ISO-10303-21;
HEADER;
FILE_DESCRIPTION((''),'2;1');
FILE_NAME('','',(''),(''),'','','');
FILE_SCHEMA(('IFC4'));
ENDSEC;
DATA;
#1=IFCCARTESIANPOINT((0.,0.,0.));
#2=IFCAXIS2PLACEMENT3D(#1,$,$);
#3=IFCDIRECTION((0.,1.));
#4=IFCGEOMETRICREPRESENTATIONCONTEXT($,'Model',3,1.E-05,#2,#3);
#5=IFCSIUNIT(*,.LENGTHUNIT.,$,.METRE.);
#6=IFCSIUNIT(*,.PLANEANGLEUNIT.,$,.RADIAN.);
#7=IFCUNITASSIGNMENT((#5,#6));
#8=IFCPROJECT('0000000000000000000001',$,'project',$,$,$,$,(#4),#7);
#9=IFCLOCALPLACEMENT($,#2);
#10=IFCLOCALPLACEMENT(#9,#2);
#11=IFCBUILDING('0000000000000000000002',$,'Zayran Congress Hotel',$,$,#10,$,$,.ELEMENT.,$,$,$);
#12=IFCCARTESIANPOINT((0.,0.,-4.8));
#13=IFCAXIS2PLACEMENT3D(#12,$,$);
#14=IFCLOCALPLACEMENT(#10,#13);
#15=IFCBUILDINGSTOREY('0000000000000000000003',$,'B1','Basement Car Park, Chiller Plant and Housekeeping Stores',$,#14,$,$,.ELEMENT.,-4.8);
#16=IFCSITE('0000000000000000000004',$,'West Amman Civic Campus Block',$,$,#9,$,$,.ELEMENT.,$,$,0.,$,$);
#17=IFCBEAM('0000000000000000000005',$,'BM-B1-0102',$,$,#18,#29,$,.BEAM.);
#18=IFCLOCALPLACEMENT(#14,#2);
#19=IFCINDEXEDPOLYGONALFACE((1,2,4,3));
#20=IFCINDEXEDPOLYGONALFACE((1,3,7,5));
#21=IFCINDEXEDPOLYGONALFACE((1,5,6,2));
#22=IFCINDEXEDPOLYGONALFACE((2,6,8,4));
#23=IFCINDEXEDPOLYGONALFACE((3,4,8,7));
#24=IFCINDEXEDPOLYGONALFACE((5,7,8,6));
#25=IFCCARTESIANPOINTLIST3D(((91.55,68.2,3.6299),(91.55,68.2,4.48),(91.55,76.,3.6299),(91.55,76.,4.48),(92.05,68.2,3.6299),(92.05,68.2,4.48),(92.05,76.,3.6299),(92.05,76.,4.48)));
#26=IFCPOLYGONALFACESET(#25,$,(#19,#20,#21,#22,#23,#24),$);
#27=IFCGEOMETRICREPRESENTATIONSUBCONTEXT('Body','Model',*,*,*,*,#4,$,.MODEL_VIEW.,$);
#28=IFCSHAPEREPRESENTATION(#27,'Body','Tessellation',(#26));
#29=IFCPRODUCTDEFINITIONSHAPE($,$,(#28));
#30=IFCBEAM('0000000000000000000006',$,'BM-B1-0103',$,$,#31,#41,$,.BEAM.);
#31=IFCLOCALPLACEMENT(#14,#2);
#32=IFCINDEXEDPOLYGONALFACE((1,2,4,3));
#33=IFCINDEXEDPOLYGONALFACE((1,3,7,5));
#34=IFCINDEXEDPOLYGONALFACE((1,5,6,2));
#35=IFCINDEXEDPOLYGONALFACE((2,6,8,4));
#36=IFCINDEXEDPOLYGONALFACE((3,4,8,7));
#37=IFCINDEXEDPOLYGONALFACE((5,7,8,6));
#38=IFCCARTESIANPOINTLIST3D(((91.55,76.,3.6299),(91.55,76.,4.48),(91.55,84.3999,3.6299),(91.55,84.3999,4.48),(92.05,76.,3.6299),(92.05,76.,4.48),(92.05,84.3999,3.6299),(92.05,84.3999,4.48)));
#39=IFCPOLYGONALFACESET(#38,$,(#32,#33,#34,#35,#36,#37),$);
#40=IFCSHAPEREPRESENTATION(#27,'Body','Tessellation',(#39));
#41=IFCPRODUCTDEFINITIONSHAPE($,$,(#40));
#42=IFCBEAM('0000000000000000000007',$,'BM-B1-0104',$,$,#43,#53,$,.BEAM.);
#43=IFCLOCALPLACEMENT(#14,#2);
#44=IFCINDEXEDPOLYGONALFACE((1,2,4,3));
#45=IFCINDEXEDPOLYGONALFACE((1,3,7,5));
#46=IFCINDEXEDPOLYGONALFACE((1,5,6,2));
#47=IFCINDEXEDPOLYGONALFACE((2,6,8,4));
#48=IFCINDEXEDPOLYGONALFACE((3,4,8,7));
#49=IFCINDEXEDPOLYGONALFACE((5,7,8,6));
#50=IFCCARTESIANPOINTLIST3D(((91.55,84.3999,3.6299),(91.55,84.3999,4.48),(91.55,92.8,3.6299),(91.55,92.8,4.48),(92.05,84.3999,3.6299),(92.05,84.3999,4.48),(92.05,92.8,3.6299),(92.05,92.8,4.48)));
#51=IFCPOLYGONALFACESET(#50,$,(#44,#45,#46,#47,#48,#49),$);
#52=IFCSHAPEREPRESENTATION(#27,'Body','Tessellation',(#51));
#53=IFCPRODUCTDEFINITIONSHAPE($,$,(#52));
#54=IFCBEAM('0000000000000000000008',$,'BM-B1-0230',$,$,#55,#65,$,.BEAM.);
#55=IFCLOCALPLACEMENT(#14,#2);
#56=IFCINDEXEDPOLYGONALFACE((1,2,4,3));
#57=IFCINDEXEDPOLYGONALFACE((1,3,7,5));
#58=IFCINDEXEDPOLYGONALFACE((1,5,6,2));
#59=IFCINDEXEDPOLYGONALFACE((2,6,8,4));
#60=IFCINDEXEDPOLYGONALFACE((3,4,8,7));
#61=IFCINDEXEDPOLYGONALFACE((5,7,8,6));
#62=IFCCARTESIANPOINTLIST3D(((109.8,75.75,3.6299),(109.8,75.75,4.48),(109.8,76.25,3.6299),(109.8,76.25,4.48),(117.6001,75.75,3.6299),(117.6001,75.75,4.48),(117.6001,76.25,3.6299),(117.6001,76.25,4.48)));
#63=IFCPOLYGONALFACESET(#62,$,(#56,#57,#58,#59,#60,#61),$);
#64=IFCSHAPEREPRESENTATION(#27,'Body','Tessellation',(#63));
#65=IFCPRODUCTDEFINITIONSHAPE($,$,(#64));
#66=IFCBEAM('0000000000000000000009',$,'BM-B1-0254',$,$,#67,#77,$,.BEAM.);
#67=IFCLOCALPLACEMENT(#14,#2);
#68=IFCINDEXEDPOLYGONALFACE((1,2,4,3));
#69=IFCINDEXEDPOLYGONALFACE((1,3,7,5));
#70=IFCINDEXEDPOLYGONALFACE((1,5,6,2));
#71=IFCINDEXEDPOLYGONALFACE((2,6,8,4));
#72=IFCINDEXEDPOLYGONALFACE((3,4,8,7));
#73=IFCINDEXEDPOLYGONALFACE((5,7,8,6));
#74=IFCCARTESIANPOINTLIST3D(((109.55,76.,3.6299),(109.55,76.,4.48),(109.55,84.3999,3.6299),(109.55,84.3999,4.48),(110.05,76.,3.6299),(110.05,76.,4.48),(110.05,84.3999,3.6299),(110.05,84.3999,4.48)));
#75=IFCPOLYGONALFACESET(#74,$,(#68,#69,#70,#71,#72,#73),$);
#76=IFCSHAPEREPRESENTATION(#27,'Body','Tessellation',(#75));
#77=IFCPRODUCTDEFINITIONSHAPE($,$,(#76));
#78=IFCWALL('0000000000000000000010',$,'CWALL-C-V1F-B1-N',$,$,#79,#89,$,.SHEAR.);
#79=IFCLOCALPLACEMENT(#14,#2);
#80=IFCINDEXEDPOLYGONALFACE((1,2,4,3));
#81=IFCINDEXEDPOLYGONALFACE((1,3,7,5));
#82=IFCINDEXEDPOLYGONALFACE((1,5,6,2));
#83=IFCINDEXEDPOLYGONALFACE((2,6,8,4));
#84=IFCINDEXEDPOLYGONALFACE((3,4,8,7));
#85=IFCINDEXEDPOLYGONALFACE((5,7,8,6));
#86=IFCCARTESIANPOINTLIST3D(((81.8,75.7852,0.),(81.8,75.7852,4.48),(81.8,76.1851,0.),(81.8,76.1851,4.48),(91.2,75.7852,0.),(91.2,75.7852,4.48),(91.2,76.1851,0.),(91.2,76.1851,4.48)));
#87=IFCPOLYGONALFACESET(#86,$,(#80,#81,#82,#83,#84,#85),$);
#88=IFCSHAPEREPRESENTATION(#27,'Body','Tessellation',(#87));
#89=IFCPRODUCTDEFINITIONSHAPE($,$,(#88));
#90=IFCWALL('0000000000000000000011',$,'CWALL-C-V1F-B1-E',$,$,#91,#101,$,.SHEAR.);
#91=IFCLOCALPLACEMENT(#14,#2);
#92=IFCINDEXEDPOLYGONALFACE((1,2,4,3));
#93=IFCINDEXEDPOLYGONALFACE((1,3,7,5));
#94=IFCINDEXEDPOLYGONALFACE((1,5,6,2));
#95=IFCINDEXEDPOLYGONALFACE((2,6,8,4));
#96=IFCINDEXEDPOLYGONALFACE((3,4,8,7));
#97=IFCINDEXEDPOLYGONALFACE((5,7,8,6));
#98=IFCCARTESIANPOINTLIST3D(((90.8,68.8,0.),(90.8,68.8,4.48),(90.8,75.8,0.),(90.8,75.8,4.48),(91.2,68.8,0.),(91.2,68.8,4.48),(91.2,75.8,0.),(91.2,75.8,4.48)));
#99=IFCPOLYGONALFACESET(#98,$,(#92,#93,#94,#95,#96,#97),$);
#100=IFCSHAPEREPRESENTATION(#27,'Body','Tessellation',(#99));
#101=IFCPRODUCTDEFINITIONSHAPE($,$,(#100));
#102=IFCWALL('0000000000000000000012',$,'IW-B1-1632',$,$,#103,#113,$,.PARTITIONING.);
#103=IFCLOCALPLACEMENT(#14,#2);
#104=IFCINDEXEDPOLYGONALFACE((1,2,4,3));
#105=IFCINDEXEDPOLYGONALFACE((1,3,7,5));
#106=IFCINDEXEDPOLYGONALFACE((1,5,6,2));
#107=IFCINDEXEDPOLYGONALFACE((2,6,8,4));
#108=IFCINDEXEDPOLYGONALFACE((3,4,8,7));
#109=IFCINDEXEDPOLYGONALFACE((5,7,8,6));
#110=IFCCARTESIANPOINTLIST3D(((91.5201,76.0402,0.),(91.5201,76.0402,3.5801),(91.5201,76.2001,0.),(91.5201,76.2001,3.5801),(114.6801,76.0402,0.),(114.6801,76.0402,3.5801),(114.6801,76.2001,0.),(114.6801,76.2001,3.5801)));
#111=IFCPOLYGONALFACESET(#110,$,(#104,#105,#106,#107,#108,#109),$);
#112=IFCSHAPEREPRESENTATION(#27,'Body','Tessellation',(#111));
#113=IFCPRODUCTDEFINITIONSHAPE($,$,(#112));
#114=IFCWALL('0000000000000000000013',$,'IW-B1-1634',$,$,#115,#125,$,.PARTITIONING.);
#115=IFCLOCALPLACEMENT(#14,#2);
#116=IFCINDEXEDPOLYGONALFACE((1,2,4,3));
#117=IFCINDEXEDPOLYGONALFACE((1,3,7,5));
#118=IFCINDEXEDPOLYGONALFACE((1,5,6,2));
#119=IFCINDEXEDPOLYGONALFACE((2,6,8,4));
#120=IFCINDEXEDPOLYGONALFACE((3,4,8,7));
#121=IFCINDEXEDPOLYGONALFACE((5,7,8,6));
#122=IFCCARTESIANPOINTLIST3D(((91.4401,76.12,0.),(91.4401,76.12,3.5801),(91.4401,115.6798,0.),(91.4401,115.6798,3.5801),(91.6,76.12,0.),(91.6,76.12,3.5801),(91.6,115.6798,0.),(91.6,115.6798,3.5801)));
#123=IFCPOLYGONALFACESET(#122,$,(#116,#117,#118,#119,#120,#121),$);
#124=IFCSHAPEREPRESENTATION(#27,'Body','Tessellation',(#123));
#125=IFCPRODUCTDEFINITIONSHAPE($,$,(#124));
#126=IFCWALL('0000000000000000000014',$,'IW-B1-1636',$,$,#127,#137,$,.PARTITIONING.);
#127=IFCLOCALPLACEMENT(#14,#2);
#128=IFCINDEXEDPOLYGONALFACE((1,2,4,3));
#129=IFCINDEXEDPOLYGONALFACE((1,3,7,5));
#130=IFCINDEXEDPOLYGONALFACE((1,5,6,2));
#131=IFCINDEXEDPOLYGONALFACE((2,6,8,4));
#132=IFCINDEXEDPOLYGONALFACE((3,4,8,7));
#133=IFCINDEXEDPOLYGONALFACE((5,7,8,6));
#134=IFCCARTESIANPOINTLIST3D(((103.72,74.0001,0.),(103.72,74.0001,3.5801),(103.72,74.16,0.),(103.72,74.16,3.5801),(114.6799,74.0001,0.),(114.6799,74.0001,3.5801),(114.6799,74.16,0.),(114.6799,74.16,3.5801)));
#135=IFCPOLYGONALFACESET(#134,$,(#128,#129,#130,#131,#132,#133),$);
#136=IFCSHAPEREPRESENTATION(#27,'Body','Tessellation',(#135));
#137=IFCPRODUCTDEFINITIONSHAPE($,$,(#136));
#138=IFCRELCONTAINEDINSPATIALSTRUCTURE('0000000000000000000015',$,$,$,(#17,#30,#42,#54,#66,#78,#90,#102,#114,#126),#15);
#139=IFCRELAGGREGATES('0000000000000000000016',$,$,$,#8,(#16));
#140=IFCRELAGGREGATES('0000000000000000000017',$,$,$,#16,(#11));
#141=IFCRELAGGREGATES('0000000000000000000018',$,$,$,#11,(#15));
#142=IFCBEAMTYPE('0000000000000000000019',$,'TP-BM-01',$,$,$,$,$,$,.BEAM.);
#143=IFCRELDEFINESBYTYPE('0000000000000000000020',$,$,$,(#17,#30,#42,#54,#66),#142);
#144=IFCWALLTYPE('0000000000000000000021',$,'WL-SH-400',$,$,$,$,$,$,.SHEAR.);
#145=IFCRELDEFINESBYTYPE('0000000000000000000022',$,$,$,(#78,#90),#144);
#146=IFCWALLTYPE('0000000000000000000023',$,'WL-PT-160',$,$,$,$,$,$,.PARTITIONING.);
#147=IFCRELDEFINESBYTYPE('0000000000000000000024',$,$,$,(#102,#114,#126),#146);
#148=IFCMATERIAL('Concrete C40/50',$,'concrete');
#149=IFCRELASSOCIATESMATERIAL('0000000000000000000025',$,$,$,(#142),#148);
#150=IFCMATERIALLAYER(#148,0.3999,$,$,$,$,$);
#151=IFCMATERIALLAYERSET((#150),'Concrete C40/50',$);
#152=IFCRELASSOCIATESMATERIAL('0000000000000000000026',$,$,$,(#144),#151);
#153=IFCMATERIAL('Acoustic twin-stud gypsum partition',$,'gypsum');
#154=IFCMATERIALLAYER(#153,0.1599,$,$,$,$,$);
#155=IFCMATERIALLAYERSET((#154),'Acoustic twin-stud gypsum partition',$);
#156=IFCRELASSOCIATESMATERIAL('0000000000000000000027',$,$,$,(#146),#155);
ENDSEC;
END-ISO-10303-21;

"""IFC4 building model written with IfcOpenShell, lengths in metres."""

from ifc_helpers import new_model, si_unit, direction, frame, frame_2d, origin, origin_2d, place, context, subcontext, project, spatial, rectangle, extrude, material, layer, layer_set, material_profile, profile_set, type_object, element, save


model = new_model("IFC4")

# Units and contexts
model_context = context("Model", 3, precision=1e-05, world=origin(), true_north=direction((0.0, 1.0)))
body_context = subcontext(model_context, "Body", "Model", "MODEL_VIEW")
ifc_project = project(units=[si_unit("LENGTHUNIT", "METRE"), si_unit("PLANEANGLEUNIT", "RADIAN")], contexts=[model_context])

# Site, building, storey
site_placement = place(None, origin())
site = spatial("IfcSite", under=ifc_project, at=site_placement, Name="West Amman Civic Campus Block", CompositionType="ELEMENT", RefElevation=0.0)
building_placement = place(site_placement, origin())
building = spatial("IfcBuilding", under=site, at=building_placement, Name="Zayran Congress Hotel", CompositionType="ELEMENT")
storey_placement = place(building_placement, frame((0.0, 0.0, -4.8)))
storey = spatial("IfcBuildingStorey", under=building, at=storey_placement, Name="B1", Description="Basement Car Park, Chiller Plant and Housekeeping Stores", CompositionType="ELEMENT", Elevation=-4.8)

# Shared definitions
ifc_material_1 = material(Name="Concrete C40/50", Category="concrete")

# Beams
ifc_material_profile_1 = material_profile(ifc_material_1, rectangle(XDim=0.5, YDim=0.8501, at=origin_2d()), Name="RC 500x850")
ifc_profile_set_1 = profile_set([ifc_material_profile_1], Name="Concrete C40/50")
beam_type = type_object("IfcBeamType", Name="TP-BM-01", PredefinedType="BEAM", material=ifc_profile_set_1)
beam_1_placement = place(storey_placement, frame((91.8, 68.2, 4.0549), z_axis=(0.0, 1.0, 0.0), x_axis=(-1.0, 0.0, 0.0)))
element("IfcBeam", 1, at=beam_1_placement, inside=storey, type_object=beam_type, Name="BM-B1-0102", PredefinedType="BEAM", context=body_context, shape_type="SweptSolid", body=[
    extrude(rectangle(XDim=0.5, YDim=0.8501, at=origin_2d()), origin(), (0.0, 0.0, 1.0), 7.8),
])
beam_2_placement = place(storey_placement, frame((91.8, 76.0, 4.0549), z_axis=(0.0, 1.0, 0.0), x_axis=(-1.0, 0.0, 0.0)))
element("IfcBeam", 2, at=beam_2_placement, inside=storey, type_object=beam_type, Name="BM-B1-0103", PredefinedType="BEAM", context=body_context, shape_type="SweptSolid", body=[
    extrude(rectangle(XDim=0.5, YDim=0.8501, at=origin_2d()), origin(), (0.0, 0.0, 1.0), 8.3999),
])
beam_3_placement = place(storey_placement, frame((91.8, 84.3999, 4.0549), z_axis=(0.0, 1.0, 0.0), x_axis=(-1.0, 0.0, 0.0)))
element("IfcBeam", 3, at=beam_3_placement, inside=storey, type_object=beam_type, Name="BM-B1-0104", PredefinedType="BEAM", context=body_context, shape_type="SweptSolid", body=[
    extrude(rectangle(XDim=0.5, YDim=0.8501, at=origin_2d()), origin(), (0.0, 0.0, 1.0), 8.4001),
])
beam_4_placement = place(storey_placement, frame((109.8, 76.0, 4.0549), z_axis=(1.0, 0.0, 0.0), x_axis=(0.0, 1.0, 0.0)))
element("IfcBeam", 4, at=beam_4_placement, inside=storey, type_object=beam_type, Name="BM-B1-0230", PredefinedType="BEAM", context=body_context, shape_type="SweptSolid", body=[
    extrude(rectangle(XDim=0.5, YDim=0.8501, at=origin_2d()), origin(), (0.0, 0.0, 1.0), 7.8),
])
beam_5_placement = place(storey_placement, frame((109.8, 76.0, 4.0549), z_axis=(0.0, 1.0, 0.0), x_axis=(-1.0, 0.0, 0.0)))
element("IfcBeam", 5, at=beam_5_placement, inside=storey, type_object=beam_type, Name="BM-B1-0254", PredefinedType="BEAM", context=body_context, shape_type="SweptSolid", body=[
    extrude(rectangle(XDim=0.5, YDim=0.8501, at=origin_2d()), origin(), (0.0, 0.0, 1.0), 8.3999),
])

# Walls
ifc_layer_1 = layer(ifc_material_1, 0.3999)
ifc_layer_set_1 = layer_set([ifc_layer_1], Name="Concrete C40/50")
wall_type_1 = type_object("IfcWallType", Name="WL-SH-400", PredefinedType="SHEAR", material=ifc_layer_set_1)
wall_1_placement = place(storey_placement, frame((91.2, 75.9851, 0.0), z_axis=(0.0, 0.0, 1.0), x_axis=(-1.0, 0.0, 0.0)))
element("IfcWall", 6, at=wall_1_placement, inside=storey, type_object=wall_type_1, Name="CWALL-C-V1F-B1-N", PredefinedType="SHEAR", context=body_context, shape_type="SweptSolid", body=[
    extrude(rectangle(XDim=9.3999, YDim=0.3999, at=frame_2d((4.7, 0.0))), origin(), (0.0, 0.0, 1.0), 4.48),
])
wall_2_placement = place(storey_placement, frame((91.0, 68.8, 0.0), z_axis=(0.0, 0.0, 1.0), x_axis=(0.0, 1.0, 0.0)))
element("IfcWall", 7, at=wall_2_placement, inside=storey, type_object=wall_type_1, Name="CWALL-C-V1F-B1-E", PredefinedType="SHEAR", context=body_context, shape_type="SweptSolid", body=[
    extrude(rectangle(XDim=7.0, YDim=0.3999, at=frame_2d((3.5, 0.0))), origin(), (0.0, 0.0, 1.0), 4.48),
])
ifc_material_2 = material(Name="Acoustic twin-stud gypsum partition", Category="gypsum")
ifc_layer_2 = layer(ifc_material_2, 0.1599)
ifc_layer_set_2 = layer_set([ifc_layer_2], Name="Acoustic twin-stud gypsum partition")
wall_type_2 = type_object("IfcWallType", Name="WL-PT-160", PredefinedType="PARTITIONING", material=ifc_layer_set_2)
wall_3_placement = place(storey_placement, frame((91.52, 76.1201, 0.0), z_axis=(0.0, 0.0, 1.0), x_axis=(1.0, 0.0, 0.0)))
element("IfcWall", 8, at=wall_3_placement, inside=storey, type_object=wall_type_2, Name="IW-B1-1632", PredefinedType="PARTITIONING", context=body_context, shape_type="SweptSolid", body=[
    extrude(rectangle(XDim=23.1599, YDim=0.1599, at=frame_2d((11.5801, 0.0))), origin(), (0.0, 0.0, 1.0), 3.5801),
])
wall_4_placement = place(storey_placement, frame((91.52, 76.1201, 0.0), z_axis=(0.0, 0.0, 1.0), x_axis=(0.0, 1.0, 0.0)))
element("IfcWall", 9, at=wall_4_placement, inside=storey, type_object=wall_type_2, Name="IW-B1-1634", PredefinedType="PARTITIONING", context=body_context, shape_type="SweptSolid", body=[
    extrude(rectangle(XDim=39.5598, YDim=0.1599, at=frame_2d((19.7798, 0.0))), origin(), (0.0, 0.0, 1.0), 3.5801),
])
wall_5_placement = place(storey_placement, frame((103.72, 74.0801, 0.0), z_axis=(0.0, 0.0, 1.0), x_axis=(1.0, 0.0, 0.0)))
element("IfcWall", 10, at=wall_5_placement, inside=storey, type_object=wall_type_2, Name="IW-B1-1636", PredefinedType="PARTITIONING", context=body_context, shape_type="SweptSolid", body=[
    extrude(rectangle(XDim=10.96, YDim=0.1599, at=frame_2d((5.48, 0.0))), origin(), (0.0, 0.0, 1.0), 3.5801),
])

save(model, "model.ifc")
